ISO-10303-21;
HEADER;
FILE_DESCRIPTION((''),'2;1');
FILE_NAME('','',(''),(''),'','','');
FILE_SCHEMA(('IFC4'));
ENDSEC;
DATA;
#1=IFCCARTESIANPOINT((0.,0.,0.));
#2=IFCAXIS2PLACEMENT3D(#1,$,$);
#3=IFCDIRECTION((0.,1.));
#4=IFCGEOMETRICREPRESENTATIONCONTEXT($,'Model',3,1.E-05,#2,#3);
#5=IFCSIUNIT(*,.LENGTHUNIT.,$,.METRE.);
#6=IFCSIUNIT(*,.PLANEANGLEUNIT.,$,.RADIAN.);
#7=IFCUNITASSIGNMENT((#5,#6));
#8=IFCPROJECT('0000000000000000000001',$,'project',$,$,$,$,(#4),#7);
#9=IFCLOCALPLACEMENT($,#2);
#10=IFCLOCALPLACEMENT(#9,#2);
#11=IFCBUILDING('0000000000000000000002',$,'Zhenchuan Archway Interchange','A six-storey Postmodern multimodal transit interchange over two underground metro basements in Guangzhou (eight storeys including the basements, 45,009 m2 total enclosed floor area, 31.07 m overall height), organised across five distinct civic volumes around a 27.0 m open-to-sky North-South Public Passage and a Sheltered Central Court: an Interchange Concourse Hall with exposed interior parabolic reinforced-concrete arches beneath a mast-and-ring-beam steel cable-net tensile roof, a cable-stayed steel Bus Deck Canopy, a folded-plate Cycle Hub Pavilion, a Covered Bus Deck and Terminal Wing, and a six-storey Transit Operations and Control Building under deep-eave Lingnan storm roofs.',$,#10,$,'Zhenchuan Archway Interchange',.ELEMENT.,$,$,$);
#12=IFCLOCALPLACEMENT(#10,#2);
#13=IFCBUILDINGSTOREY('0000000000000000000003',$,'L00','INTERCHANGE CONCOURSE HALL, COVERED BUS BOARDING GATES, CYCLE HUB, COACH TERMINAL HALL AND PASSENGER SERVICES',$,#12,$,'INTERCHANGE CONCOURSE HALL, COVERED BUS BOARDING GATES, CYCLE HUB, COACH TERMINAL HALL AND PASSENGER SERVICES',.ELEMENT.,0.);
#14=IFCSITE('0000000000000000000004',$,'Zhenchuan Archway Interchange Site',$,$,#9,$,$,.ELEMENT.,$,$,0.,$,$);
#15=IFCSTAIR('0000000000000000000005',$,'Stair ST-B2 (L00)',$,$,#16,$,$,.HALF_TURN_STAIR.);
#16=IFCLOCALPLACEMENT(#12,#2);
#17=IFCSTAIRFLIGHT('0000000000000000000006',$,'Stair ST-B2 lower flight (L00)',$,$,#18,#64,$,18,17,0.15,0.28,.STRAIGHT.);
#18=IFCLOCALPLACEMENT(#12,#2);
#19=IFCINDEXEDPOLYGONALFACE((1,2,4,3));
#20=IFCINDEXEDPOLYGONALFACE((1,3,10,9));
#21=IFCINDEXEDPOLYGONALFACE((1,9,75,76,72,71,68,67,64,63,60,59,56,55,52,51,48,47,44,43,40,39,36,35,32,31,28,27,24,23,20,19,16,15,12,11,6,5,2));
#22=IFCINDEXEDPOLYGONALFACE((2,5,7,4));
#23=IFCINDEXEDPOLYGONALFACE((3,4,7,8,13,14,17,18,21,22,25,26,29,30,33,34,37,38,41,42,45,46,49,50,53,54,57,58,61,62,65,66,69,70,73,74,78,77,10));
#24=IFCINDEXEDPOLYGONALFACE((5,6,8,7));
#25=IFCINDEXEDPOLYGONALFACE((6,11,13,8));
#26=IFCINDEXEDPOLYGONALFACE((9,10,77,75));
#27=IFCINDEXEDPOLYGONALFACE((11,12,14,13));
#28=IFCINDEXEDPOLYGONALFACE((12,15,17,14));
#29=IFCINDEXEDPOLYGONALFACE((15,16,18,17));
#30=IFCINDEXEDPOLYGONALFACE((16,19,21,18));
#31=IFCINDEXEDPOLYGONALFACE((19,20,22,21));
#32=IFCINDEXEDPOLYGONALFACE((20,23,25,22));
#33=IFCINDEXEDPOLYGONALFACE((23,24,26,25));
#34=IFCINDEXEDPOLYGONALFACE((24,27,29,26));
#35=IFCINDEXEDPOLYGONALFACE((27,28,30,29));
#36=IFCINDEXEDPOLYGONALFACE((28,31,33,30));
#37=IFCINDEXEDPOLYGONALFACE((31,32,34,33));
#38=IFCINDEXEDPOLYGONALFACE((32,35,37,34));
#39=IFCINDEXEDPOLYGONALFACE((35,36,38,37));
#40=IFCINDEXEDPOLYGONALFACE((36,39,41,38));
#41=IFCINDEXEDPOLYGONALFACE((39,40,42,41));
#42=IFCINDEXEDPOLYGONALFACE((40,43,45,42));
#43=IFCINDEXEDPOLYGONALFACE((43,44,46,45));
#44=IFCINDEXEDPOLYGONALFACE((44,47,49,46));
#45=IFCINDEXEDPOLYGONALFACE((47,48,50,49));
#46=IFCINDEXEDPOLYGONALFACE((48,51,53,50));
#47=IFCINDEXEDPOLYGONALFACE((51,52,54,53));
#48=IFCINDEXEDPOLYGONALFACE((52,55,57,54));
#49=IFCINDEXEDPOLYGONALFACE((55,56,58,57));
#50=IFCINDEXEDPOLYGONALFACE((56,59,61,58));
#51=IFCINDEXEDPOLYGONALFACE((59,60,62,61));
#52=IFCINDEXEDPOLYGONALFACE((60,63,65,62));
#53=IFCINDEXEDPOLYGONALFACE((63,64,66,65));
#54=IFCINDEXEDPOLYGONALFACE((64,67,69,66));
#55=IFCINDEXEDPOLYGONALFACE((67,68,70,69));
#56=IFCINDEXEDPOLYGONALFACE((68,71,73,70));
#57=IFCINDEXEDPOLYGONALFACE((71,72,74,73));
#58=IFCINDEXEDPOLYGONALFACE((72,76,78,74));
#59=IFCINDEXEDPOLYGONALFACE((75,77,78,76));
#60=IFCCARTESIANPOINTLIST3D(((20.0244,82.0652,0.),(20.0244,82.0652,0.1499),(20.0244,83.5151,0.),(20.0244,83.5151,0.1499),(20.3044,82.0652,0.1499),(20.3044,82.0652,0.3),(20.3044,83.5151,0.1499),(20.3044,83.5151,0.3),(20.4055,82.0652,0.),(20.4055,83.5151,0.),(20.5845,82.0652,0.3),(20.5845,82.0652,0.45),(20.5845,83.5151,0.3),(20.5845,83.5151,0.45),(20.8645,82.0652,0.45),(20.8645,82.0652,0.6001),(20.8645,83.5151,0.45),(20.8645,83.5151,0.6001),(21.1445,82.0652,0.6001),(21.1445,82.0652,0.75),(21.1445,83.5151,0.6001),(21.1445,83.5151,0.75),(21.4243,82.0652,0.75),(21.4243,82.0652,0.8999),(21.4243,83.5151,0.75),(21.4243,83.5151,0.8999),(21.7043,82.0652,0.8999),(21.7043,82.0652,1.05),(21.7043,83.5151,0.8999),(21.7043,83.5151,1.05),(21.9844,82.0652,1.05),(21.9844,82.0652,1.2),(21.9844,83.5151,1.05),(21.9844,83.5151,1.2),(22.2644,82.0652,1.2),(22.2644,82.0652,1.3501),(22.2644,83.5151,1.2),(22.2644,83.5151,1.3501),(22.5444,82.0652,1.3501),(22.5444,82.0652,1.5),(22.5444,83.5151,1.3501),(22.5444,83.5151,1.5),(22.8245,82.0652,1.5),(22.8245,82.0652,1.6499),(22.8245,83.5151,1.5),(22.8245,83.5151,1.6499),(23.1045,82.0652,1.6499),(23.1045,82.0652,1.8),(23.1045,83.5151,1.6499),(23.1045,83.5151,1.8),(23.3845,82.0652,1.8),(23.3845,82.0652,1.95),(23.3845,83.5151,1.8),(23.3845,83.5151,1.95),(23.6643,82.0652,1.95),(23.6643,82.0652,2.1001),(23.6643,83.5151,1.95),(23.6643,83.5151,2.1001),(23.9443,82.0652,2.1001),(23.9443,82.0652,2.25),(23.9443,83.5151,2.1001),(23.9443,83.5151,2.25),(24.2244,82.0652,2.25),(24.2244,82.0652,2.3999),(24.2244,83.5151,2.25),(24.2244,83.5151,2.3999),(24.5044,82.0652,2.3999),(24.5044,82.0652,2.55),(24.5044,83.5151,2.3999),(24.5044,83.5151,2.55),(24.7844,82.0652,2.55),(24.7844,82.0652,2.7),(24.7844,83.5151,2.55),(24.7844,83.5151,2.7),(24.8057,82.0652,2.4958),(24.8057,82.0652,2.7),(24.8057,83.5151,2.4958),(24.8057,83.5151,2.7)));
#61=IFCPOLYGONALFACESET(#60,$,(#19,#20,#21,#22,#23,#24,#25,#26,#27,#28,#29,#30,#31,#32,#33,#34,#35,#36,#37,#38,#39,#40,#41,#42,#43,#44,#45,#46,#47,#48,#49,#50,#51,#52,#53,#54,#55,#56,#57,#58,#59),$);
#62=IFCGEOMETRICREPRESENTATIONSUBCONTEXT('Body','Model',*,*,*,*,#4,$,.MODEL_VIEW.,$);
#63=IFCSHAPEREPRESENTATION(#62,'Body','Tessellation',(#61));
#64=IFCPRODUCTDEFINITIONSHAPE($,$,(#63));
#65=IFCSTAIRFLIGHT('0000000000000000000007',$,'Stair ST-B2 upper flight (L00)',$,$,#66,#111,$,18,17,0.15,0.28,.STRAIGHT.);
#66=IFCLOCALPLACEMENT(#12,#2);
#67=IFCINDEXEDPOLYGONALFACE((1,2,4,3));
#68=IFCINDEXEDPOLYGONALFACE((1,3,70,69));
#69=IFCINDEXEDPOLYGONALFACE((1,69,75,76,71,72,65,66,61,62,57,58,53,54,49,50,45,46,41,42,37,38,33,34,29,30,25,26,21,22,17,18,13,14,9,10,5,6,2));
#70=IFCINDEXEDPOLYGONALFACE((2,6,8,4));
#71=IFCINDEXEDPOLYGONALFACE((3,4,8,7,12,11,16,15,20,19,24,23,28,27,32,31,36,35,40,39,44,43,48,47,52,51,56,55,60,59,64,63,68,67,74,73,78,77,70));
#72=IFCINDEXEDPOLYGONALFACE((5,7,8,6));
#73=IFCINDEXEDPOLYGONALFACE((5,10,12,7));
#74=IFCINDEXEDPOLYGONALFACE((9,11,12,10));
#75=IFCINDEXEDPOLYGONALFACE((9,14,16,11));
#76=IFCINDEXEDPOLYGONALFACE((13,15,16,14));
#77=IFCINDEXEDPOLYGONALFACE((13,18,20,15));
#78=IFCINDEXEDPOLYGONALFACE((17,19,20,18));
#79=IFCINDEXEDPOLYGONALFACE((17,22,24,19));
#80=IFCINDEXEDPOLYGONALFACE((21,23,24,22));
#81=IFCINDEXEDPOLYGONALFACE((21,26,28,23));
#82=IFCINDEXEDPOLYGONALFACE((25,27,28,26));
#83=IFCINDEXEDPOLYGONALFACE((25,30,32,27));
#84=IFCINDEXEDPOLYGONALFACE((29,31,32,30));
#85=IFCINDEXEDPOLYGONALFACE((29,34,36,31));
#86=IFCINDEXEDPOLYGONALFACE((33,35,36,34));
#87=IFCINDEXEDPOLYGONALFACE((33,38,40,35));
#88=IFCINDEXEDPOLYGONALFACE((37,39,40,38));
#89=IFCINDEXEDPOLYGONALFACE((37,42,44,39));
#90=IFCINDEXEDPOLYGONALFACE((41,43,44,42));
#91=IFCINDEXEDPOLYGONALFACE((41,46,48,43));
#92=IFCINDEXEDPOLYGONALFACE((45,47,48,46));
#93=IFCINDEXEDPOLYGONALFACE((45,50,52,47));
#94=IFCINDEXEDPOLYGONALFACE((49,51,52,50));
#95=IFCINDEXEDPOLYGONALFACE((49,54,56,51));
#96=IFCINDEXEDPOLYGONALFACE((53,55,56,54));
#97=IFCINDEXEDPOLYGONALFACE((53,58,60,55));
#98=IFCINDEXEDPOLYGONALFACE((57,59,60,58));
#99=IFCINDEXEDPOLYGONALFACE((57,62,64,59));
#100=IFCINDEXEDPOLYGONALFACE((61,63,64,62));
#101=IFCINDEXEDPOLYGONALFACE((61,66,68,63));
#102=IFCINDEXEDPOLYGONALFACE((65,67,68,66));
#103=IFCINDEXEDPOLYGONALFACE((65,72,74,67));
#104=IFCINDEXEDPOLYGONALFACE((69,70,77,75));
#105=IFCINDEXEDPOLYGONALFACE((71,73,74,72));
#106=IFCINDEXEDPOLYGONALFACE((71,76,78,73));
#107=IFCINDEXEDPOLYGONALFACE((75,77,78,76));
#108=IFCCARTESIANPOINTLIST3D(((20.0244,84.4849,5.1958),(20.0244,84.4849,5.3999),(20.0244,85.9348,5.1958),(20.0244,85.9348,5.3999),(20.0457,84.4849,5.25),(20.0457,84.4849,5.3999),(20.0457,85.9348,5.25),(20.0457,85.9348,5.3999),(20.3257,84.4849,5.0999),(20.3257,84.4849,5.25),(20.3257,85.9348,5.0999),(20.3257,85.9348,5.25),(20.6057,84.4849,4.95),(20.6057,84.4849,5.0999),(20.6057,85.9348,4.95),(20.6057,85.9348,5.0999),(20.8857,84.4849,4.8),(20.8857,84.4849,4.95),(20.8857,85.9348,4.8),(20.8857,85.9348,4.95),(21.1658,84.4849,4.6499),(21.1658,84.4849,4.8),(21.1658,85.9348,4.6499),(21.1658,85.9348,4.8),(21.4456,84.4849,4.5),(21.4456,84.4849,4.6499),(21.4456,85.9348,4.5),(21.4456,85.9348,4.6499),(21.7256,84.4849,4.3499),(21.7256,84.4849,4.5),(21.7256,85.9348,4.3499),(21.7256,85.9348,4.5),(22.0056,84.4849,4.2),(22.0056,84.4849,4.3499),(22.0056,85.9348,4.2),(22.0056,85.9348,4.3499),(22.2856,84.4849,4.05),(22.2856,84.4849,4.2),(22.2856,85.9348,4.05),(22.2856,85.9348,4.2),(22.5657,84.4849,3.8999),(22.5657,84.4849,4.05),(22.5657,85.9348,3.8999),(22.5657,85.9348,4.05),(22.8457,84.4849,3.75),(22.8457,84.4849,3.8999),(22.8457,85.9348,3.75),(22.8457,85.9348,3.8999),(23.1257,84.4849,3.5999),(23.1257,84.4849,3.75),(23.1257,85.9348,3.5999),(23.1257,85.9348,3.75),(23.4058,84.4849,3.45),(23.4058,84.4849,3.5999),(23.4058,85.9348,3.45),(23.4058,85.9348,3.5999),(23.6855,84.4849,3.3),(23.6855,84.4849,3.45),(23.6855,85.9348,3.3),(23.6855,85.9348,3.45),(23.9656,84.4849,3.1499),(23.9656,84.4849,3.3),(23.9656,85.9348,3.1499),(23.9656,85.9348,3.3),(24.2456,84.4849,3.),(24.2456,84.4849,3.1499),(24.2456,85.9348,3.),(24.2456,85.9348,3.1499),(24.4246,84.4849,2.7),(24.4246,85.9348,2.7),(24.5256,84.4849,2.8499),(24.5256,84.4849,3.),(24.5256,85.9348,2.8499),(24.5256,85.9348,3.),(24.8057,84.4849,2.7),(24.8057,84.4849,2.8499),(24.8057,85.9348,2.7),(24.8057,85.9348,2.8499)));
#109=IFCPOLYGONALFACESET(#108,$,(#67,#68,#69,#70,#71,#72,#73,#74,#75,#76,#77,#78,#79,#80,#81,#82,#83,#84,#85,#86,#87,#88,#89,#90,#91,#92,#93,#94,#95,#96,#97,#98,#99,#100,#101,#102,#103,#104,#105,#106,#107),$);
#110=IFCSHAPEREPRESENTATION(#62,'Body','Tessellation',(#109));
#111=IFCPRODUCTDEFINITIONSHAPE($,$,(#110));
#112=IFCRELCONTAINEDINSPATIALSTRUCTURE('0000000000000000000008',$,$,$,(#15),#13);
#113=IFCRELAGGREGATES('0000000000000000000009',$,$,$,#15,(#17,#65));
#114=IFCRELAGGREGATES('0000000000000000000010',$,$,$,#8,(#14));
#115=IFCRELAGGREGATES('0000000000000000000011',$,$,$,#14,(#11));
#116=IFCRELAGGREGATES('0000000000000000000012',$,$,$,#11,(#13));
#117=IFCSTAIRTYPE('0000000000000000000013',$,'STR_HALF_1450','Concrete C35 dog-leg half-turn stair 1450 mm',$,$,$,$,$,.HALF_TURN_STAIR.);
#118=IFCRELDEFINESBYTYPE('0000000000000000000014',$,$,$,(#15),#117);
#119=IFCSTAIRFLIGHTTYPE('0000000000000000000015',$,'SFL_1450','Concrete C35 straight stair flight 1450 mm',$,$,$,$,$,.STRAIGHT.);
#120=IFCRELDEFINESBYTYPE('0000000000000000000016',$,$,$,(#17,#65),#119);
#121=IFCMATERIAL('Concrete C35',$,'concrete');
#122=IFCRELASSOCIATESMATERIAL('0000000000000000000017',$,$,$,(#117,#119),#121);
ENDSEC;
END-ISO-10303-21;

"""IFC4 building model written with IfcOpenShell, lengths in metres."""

from ifc_helpers import new_model, si_unit, direction, frame, origin, place, context, subcontext, project, spatial, polyline, outline, extrude, material, type_object, element, aggregate, save


model = new_model("IFC4")

# Units and contexts
model_context = context("Model", 3, precision=1e-05, world=origin(), true_north=direction((0.0, 1.0)))
body_context = subcontext(model_context, "Body", "Model", "MODEL_VIEW")
ifc_project = project(units=[si_unit("LENGTHUNIT", "METRE"), si_unit("PLANEANGLEUNIT", "RADIAN")], contexts=[model_context])

# Site, building, storey
site_placement = place(None, origin())
site = spatial("IfcSite", under=ifc_project, at=site_placement, Name="Zhenchuan Archway Interchange Site", CompositionType="ELEMENT", RefElevation=0.0)
building_placement = place(site_placement, origin())
building = spatial("IfcBuilding", under=site, at=building_placement, Name="Zhenchuan Archway Interchange", Description="A six-storey Postmodern multimodal transit interchange over two underground metro basements in Guangzhou (eight storeys including the basements, 45,009 m2 total enclosed floor area, 31.07 m overall height), organised across five distinct civic volumes around a 27.0 m open-to-sky North-South Public Passage and a Sheltered Central Court: an Interchange Concourse Hall with exposed interior parabolic reinforced-concrete arches beneath a mast-and-ring-beam steel cable-net tensile roof, a cable-stayed steel Bus Deck Canopy, a folded-plate Cycle Hub Pavilion, a Covered Bus Deck and Terminal Wing, and a six-storey Transit Operations and Control Building under deep-eave Lingnan storm roofs.", LongName="Zhenchuan Archway Interchange", CompositionType="ELEMENT")
storey_placement = place(building_placement, origin())
storey = spatial("IfcBuildingStorey", under=building, at=storey_placement, Name="L00", Description="INTERCHANGE CONCOURSE HALL, COVERED BUS BOARDING GATES, CYCLE HUB, COACH TERMINAL HALL AND PASSENGER SERVICES", LongName="INTERCHANGE CONCOURSE HALL, COVERED BUS BOARDING GATES, CYCLE HUB, COACH TERMINAL HALL AND PASSENGER SERVICES", CompositionType="ELEMENT", Elevation=0.0)

# Shared definitions
ifc_material_1 = material(Name="Concrete C35", Category="concrete")

# Stair, stair flights
stair_type = type_object("IfcStairType", Name="STR_HALF_1450", Description="Concrete C35 dog-leg half-turn stair 1450 mm", PredefinedType="HALF_TURN_STAIR", material=ifc_material_1)
stair_placement = place(storey_placement, origin())
stair = element("IfcStair", 1, at=stair_placement, inside=storey, type_object=stair_type, Name="Stair ST-B2 (L00)", PredefinedType="HALF_TURN_STAIR")
stair_flight_type = type_object("IfcStairFlightType", Name="SFL_1450", Description="Concrete C35 straight stair flight 1450 mm", PredefinedType="STRAIGHT", material=ifc_material_1)
stair_flight_1_placement = place(storey_placement, frame((20.0244, 82.79, 0.0), z_axis=(0.0, 0.0, 1.0), x_axis=(1.0, 0.0, 0.0)))
stair_flight_1 = element("IfcStairFlight", 2, at=stair_flight_1_placement, type_object=stair_flight_type, Name="Stair ST-B2 lower flight (L00)", NumberOfRisers=18, NumberOfTreads=17, PredefinedType="STRAIGHT", RiserHeight=0.15, TreadLength=0.28, context=body_context, shape_type="SweptSolid", body=[
    extrude(outline(polyline([(0.0, 0.0), (0.0, 0.1499), (0.28, 0.1499), (0.28, 0.3), (0.5601, 0.3), (0.5601, 0.45), (0.8401, 0.45), (0.8401, 0.6001), (1.1201, 0.6001), (1.1201, 0.75), (1.3999, 0.75), (1.3999, 0.8999), (1.6799, 0.8999), (1.6799, 1.05), (1.96, 1.05), (1.96, 1.2), (2.24, 1.2), (2.24, 1.3501), (2.52, 1.3501), (2.52, 1.5), (2.8, 1.5), (2.8, 1.6499), (3.0801, 1.6499), (3.0801, 1.8), (3.3601, 1.8), (3.3601, 1.95), (3.6399, 1.95), (3.6399, 2.1001), (3.9199, 2.1001), (3.9199, 2.25), (4.2, 2.25), (4.2, 2.3999), (4.48, 2.3999), (4.48, 2.55), (4.76, 2.55), (4.76, 2.7), (4.7812, 2.7), (4.7812, 2.4958), (0.3811, 0.0), (0.0, 0.0)])), frame((0.0, 0.7251, 0.0), z_axis=(0.0, -1.0, 0.0), x_axis=(1.0, 0.0, 0.0)), (0.0, 0.0, 1.0), 1.45),
])
stair_flight_2_placement = place(storey_placement, frame((24.8057, 85.21, 2.7), z_axis=(0.0, 0.0, 1.0), x_axis=(-1.0, 0.0, 0.0)))
stair_flight_2 = element("IfcStairFlight", 3, at=stair_flight_2_placement, type_object=stair_flight_type, Name="Stair ST-B2 upper flight (L00)", NumberOfRisers=18, NumberOfTreads=17, PredefinedType="STRAIGHT", RiserHeight=0.15, TreadLength=0.28, context=body_context, shape_type="SweptSolid", body=[
    extrude(outline(polyline([(0.0, 0.0), (0.0, 0.1499), (0.28, 0.1499), (0.28, 0.3), (0.5601, 0.3), (0.5601, 0.45), (0.8401, 0.45), (0.8401, 0.6001), (1.1201, 0.6001), (1.1201, 0.75), (1.3999, 0.75), (1.3999, 0.8999), (1.6799, 0.8999), (1.6799, 1.05), (1.96, 1.05), (1.96, 1.2), (2.24, 1.2), (2.24, 1.3501), (2.52, 1.3501), (2.52, 1.5), (2.8, 1.5), (2.8, 1.6499), (3.0801, 1.6499), (3.0801, 1.8), (3.3601, 1.8), (3.3601, 1.95), (3.6399, 1.95), (3.6399, 2.1001), (3.9199, 2.1001), (3.9199, 2.25), (4.2, 2.25), (4.2, 2.3999), (4.48, 2.3999), (4.48, 2.55), (4.76, 2.55), (4.76, 2.7), (4.7812, 2.7), (4.7812, 2.4958), (0.3811, 0.0), (0.0, 0.0)])), frame((0.0, 0.7251, 0.0), z_axis=(0.0, -1.0, 0.0), x_axis=(1.0, 0.0, 0.0)), (0.0, 0.0, 1.0), 1.45),
])
aggregate(stair, [stair_flight_1, stair_flight_2])

save(model, "model.ifc")
